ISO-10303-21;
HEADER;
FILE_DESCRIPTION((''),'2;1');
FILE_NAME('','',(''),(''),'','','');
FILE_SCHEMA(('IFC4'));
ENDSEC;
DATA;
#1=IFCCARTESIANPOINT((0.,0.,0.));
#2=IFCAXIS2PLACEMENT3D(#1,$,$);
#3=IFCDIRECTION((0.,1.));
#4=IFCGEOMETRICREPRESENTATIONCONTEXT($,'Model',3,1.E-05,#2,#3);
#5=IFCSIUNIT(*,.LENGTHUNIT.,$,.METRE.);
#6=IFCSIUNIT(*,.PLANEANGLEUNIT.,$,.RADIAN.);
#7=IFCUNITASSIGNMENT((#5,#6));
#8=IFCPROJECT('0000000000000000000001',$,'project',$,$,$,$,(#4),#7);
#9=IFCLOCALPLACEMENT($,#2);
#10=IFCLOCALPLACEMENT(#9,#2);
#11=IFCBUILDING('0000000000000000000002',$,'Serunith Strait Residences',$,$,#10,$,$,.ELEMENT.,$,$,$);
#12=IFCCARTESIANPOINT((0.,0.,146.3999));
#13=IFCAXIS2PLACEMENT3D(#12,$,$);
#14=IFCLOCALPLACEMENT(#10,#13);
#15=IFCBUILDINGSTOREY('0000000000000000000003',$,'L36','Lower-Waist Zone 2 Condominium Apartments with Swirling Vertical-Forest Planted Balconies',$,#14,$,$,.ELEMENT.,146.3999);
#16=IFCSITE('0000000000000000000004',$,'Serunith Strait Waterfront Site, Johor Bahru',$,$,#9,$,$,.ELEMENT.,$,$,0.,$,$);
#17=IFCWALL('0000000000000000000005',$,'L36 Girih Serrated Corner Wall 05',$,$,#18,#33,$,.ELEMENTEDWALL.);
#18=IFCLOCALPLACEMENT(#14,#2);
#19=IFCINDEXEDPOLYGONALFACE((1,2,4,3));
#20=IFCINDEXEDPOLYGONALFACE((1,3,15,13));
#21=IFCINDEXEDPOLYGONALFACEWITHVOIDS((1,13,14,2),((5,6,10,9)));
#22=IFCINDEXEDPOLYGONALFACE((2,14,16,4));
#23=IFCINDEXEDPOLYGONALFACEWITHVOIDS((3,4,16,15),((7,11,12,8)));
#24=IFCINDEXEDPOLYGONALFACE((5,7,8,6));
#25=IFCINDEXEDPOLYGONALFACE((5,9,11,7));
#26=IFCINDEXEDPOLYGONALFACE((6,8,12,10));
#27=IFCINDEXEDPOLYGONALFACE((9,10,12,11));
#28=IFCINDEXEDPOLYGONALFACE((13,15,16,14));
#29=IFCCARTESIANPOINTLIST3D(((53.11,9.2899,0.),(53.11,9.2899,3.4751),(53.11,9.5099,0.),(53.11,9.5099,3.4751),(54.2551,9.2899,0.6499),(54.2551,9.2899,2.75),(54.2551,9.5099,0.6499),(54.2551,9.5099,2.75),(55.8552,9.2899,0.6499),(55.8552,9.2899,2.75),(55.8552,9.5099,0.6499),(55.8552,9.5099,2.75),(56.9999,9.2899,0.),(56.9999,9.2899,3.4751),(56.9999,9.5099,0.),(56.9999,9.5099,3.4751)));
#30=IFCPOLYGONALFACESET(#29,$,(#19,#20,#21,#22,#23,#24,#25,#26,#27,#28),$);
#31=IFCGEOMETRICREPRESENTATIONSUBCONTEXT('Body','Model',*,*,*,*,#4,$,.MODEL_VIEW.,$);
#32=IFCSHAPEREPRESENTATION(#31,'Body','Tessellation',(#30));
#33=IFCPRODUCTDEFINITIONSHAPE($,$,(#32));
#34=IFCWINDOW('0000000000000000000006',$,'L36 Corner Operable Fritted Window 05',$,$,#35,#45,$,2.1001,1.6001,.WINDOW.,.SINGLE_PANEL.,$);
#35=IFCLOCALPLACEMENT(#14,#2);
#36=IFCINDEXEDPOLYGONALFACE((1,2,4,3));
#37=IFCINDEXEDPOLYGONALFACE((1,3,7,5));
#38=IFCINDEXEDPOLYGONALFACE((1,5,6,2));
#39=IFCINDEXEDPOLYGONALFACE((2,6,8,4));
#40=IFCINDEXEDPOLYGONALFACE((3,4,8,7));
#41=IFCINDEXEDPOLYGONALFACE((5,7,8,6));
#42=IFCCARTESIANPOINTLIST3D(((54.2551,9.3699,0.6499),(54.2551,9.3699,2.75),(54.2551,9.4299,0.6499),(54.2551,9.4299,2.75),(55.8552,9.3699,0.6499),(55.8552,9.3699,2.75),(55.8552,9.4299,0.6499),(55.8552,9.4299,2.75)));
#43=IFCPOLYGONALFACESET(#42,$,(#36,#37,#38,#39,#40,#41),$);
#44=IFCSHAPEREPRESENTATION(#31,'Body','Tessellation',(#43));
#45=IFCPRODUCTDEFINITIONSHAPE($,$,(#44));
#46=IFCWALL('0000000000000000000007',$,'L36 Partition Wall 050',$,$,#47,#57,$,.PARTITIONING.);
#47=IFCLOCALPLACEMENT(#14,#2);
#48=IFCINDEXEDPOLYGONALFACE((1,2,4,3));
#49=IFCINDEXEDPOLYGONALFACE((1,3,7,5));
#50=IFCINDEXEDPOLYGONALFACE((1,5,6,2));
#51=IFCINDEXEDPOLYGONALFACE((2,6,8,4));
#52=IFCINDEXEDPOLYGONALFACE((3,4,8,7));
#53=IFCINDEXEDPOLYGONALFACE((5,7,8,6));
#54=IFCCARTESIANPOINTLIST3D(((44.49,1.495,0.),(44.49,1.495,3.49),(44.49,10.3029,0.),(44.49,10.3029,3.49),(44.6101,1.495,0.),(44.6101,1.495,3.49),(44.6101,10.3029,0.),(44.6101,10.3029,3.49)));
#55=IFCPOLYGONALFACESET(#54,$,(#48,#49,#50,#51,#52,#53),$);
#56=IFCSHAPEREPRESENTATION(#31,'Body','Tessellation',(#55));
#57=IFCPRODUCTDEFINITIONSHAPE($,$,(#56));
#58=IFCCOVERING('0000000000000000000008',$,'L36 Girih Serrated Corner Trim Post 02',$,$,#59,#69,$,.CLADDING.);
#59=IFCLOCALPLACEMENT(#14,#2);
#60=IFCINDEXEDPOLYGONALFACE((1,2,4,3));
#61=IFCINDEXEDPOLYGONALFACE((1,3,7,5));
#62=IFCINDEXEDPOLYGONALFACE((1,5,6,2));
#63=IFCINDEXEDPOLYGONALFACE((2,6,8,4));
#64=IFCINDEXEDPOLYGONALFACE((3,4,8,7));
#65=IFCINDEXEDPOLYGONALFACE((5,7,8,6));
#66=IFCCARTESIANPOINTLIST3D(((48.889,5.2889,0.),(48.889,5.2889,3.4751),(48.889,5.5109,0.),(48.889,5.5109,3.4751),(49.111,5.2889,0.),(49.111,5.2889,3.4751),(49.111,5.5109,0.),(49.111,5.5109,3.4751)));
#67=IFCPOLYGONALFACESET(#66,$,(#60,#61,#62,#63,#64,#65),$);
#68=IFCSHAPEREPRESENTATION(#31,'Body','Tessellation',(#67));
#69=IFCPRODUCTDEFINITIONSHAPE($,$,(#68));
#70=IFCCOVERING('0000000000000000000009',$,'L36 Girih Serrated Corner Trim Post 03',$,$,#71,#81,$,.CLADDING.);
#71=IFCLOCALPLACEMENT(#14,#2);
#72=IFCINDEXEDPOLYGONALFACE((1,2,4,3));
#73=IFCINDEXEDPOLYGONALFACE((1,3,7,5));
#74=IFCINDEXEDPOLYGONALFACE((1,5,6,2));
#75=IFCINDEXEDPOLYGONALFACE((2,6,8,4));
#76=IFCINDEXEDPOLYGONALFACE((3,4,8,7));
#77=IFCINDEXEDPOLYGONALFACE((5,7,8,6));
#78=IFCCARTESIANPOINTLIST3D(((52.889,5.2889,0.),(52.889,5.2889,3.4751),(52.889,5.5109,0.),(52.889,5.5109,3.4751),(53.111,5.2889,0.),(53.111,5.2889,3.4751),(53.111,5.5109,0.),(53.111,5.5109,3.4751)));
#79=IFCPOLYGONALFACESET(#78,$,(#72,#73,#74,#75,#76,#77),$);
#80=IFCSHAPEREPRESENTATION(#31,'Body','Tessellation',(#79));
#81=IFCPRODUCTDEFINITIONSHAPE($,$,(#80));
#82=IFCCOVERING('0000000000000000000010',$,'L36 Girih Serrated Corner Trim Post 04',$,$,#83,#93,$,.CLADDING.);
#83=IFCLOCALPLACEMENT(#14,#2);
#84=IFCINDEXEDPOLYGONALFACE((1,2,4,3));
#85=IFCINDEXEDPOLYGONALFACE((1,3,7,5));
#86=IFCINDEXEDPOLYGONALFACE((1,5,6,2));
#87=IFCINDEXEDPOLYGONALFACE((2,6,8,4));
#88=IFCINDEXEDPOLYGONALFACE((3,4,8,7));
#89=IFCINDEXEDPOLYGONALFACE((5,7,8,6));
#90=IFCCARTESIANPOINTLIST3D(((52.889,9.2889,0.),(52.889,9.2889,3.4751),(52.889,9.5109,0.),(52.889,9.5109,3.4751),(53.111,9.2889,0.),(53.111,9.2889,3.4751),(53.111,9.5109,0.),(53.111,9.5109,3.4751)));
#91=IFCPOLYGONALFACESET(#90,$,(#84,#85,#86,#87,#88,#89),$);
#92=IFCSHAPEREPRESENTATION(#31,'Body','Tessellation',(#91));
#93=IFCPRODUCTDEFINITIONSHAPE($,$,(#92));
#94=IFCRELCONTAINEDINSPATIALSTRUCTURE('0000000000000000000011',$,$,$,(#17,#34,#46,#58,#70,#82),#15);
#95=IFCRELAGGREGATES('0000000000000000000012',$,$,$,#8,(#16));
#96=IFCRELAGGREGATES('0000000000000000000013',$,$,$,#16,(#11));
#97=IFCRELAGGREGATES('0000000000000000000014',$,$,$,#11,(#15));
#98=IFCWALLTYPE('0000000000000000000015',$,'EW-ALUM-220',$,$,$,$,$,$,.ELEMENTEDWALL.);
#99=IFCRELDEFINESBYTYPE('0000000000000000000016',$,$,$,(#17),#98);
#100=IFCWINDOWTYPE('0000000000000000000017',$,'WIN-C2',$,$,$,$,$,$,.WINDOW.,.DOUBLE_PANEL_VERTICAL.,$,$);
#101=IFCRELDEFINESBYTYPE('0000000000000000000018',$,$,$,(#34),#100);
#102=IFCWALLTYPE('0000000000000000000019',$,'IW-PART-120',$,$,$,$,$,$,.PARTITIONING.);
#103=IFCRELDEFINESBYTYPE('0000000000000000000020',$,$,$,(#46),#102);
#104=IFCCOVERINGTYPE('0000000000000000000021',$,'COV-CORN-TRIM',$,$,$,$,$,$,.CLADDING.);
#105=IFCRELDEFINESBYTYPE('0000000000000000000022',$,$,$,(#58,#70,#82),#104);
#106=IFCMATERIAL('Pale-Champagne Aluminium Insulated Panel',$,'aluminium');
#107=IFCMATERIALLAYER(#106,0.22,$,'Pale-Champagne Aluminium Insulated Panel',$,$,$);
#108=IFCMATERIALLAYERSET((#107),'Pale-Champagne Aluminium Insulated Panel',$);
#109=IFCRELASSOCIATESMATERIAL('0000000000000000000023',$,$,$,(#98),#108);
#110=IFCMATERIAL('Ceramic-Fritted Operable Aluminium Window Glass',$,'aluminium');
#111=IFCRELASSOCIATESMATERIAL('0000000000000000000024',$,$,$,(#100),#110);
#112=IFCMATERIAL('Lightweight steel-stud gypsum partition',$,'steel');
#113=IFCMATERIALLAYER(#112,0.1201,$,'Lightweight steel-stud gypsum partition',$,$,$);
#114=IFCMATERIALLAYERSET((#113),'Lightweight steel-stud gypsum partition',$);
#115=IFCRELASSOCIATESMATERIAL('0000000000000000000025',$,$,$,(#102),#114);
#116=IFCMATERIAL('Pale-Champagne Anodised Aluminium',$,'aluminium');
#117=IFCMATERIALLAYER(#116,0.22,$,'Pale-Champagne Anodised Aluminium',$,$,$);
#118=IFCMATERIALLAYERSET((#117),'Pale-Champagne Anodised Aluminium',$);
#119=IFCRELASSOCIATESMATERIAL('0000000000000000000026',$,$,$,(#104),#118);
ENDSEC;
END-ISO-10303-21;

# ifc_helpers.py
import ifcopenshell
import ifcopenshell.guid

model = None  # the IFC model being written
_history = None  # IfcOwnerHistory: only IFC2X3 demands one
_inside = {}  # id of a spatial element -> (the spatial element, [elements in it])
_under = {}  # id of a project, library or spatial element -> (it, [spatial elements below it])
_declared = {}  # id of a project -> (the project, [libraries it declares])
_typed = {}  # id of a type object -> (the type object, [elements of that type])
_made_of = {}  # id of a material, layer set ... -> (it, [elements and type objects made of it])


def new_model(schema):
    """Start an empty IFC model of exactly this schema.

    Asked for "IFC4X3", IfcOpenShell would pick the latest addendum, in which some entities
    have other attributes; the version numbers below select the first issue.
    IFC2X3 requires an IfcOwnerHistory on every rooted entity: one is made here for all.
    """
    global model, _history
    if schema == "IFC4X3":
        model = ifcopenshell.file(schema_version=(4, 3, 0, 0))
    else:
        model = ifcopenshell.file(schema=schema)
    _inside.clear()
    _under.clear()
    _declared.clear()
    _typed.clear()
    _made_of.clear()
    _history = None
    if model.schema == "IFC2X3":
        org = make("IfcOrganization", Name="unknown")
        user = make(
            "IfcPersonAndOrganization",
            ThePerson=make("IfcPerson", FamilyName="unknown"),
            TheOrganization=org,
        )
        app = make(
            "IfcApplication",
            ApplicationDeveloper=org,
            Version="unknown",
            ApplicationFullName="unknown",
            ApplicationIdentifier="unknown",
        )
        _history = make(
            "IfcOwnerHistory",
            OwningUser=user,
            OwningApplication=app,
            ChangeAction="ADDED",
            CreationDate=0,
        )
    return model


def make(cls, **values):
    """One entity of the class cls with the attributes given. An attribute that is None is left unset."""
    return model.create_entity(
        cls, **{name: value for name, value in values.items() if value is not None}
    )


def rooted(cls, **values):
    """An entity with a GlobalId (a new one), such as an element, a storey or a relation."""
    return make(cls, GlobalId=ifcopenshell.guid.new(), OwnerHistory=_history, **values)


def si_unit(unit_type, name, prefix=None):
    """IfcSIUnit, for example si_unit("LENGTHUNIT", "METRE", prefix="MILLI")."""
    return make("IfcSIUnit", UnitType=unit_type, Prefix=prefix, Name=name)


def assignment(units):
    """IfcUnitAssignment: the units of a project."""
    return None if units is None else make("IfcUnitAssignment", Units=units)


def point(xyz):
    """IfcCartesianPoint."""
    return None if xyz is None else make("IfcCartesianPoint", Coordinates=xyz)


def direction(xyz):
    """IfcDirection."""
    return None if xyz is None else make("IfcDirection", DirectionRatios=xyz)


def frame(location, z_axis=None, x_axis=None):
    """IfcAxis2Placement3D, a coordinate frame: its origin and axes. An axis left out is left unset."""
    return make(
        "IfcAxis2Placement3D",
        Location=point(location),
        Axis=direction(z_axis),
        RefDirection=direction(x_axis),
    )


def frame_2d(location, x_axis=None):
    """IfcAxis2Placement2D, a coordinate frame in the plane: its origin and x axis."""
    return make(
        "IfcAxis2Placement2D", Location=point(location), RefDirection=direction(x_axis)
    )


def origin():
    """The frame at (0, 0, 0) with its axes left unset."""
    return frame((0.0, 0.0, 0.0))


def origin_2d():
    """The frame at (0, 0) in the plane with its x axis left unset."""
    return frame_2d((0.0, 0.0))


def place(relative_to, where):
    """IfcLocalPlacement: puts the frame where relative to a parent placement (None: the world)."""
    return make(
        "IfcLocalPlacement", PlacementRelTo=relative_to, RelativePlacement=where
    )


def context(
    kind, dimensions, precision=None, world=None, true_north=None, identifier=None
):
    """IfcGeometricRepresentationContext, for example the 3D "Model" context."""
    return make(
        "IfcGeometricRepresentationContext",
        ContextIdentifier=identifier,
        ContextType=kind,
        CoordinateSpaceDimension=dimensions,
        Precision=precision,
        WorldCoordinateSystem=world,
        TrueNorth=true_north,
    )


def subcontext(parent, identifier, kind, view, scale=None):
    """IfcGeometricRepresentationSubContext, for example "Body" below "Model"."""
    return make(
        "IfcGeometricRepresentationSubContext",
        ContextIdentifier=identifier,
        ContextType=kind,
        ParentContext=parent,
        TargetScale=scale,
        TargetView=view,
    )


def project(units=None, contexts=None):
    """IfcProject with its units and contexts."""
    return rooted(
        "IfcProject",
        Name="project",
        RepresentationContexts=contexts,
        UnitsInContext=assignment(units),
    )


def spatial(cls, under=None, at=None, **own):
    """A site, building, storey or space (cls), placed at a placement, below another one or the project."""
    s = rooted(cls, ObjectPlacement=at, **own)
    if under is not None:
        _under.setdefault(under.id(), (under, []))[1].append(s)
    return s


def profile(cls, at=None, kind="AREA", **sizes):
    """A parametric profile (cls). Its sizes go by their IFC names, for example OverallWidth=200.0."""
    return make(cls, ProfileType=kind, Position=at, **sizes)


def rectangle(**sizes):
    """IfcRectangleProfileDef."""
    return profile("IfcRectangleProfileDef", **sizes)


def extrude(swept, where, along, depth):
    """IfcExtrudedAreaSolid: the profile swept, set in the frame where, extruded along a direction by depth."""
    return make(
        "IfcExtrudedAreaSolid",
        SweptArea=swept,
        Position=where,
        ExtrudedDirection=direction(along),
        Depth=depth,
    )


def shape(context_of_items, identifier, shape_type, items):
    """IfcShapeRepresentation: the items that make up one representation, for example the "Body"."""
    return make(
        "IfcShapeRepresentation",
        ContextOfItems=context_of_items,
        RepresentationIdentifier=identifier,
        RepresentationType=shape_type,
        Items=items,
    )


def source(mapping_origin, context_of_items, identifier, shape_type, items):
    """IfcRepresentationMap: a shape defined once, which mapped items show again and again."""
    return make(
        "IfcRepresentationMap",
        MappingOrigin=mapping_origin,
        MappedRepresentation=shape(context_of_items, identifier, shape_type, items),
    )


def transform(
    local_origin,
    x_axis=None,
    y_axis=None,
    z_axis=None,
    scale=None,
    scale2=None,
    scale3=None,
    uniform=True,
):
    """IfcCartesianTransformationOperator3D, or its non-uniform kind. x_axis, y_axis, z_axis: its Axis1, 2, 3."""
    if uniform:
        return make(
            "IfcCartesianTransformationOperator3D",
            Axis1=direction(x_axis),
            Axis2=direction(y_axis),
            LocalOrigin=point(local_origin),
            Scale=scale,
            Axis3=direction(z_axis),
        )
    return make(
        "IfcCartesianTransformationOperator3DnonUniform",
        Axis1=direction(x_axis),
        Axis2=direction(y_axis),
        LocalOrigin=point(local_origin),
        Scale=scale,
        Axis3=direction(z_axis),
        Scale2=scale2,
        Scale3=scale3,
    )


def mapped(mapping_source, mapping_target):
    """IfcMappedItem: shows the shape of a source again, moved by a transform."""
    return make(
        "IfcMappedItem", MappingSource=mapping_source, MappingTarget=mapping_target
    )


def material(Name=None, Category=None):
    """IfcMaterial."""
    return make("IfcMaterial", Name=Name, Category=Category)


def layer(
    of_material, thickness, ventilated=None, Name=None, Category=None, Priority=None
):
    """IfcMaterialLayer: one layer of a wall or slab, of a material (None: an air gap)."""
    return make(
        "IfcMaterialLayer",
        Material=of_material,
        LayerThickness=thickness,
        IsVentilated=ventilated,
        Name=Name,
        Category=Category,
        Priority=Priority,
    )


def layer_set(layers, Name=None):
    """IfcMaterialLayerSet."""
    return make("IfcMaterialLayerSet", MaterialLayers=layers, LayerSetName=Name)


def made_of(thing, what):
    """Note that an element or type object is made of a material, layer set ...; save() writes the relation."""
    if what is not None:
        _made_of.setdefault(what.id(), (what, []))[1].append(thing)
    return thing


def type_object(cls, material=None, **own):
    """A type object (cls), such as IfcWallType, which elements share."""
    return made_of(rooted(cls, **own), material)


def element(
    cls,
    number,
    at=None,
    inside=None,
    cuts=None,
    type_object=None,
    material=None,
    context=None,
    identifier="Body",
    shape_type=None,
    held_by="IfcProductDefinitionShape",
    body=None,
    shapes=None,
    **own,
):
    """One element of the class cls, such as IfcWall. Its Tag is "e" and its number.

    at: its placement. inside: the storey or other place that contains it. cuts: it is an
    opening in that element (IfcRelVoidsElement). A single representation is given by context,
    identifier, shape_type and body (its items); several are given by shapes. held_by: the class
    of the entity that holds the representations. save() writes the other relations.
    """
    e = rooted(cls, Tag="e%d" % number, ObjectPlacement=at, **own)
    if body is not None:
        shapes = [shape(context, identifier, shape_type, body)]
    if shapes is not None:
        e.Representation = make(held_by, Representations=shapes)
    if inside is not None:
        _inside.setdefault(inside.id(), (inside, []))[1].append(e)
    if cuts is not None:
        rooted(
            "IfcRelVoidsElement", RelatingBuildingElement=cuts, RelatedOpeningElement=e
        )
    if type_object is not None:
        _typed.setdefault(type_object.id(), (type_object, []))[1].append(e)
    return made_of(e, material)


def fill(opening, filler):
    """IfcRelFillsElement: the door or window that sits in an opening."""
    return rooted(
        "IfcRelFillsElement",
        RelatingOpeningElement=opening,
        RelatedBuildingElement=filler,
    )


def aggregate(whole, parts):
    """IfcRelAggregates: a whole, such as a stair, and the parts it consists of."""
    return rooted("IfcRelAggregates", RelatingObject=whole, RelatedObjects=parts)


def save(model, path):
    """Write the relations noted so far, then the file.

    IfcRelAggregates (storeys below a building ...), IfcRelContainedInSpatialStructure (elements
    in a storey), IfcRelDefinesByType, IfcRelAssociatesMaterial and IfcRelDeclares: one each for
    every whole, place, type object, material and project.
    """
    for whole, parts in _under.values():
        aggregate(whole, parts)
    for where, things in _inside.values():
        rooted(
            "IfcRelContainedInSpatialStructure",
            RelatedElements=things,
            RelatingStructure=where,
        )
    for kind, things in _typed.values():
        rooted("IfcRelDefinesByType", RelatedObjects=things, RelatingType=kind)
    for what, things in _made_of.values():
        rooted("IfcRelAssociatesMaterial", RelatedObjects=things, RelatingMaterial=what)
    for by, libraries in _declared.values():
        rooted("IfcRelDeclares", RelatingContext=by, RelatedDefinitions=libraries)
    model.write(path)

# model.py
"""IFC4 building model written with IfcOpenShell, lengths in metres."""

from ifc_helpers import new_model, si_unit, direction, frame, frame_2d, origin, origin_2d, place, context, subcontext, project, spatial, rectangle, extrude, source, transform, mapped, material, layer, layer_set, type_object, element, fill, save


model = new_model("IFC4")

# Units and contexts
model_context = context("Model", 3, precision=1e-05, world=origin(), true_north=direction((0.0, 1.0)))
body_context = subcontext(model_context, "Body", "Model", "MODEL_VIEW")
ifc_project = project(units=[si_unit("LENGTHUNIT", "METRE"), si_unit("PLANEANGLEUNIT", "RADIAN")], contexts=[model_context])

# Site, building, storey
site_placement = place(None, origin())
site = spatial("IfcSite", under=ifc_project, at=site_placement, Name="Serunith Strait Waterfront Site, Johor Bahru", CompositionType="ELEMENT", RefElevation=0.0)
building_placement = place(site_placement, origin())
building = spatial("IfcBuilding", under=site, at=building_placement, Name="Serunith Strait Residences", CompositionType="ELEMENT")
storey_placement = place(building_placement, frame((0.0, 0.0, 146.3999)))
storey = spatial("IfcBuildingStorey", under=building, at=storey_placement, Name="L36", Description="Lower-Waist Zone 2 Condominium Apartments with Swirling Vertical-Forest Planted Balconies", CompositionType="ELEMENT", Elevation=146.3999)

# Shared definitions
ifc_material_1 = material(Name="Pale-Champagne Anodised Aluminium", Category="aluminium")

# Wall, opening, window
ifc_material_2 = material(Name="Pale-Champagne Aluminium Insulated Panel", Category="aluminium")
ifc_layer_1 = layer(ifc_material_2, 0.22, Name="Pale-Champagne Aluminium Insulated Panel")
ifc_layer_set_1 = layer_set([ifc_layer_1], Name="Pale-Champagne Aluminium Insulated Panel")
wall_type_1 = type_object("IfcWallType", Name="EW-ALUM-220", PredefinedType="ELEMENTEDWALL", material=ifc_layer_set_1)
ifc_material_3 = material(Name="Ceramic-Fritted Operable Aluminium Window Glass", Category="aluminium")
window_type = type_object("IfcWindowType", Name="WIN-C2", PartitioningType="DOUBLE_PANEL_VERTICAL", PredefinedType="WINDOW", material=ifc_material_3)
shared_shape_1 = source(origin(), body_context, "Body", "SweptSolid", [
    extrude(rectangle(XDim=1.6001, YDim=2.1001, at=frame_2d((0.8, 1.05))), frame((0.0, 0.03, 0.0), z_axis=(0.0, -1.0, 0.0), x_axis=(1.0, 0.0, 0.0)), (0.0, 0.0, 1.0), 0.0601),
])
wall_1_placement = place(storey_placement, frame((53.1101, 9.3999, 0.0), z_axis=(0.0, 0.0, 1.0), x_axis=(1.0, 0.0, 0.0)))
wall_1 = element("IfcWall", 1, at=wall_1_placement, inside=storey, type_object=wall_type_1, Name="L36 Girih Serrated Corner Wall 05", PredefinedType="ELEMENTEDWALL", context=body_context, shape_type="SweptSolid", body=[
    extrude(rectangle(XDim=3.8899, YDim=0.22, at=frame_2d((1.9448, 0.0))), origin(), (0.0, 0.0, 1.0), 3.4751),
])
opening_1_placement = place(wall_1_placement, frame((1.145, 0.0, 0.6499)))
opening_1 = element("IfcOpeningElement", 2, at=opening_1_placement, cuts=wall_1, PredefinedType="OPENING", context=body_context, shape_type="SweptSolid", body=[
    extrude(rectangle(XDim=1.6001, YDim=2.1001, at=frame_2d((0.8, 1.05))), frame((0.0, 0.1201, 0.0), z_axis=(0.0, -1.0, 0.0), x_axis=(1.0, 0.0, 0.0)), (0.0, 0.0, 1.0), 0.24),
])
window_1_placement = place(opening_1_placement, origin())
window_1 = element("IfcWindow", 3, at=window_1_placement, inside=storey, type_object=window_type, Name="L36 Corner Operable Fritted Window 05", OverallHeight=2.1001, OverallWidth=1.6001, PartitioningType="SINGLE_PANEL", PredefinedType="WINDOW", context=body_context, shape_type="MappedRepresentation", body=[
    mapped(shared_shape_1, transform((0.0, 0.0, 0.0), scale=1.0)),
])
fill(opening_1, window_1)

# Wall
ifc_material_4 = material(Name="Lightweight steel-stud gypsum partition", Category="steel")
ifc_layer_2 = layer(ifc_material_4, 0.1201, Name="Lightweight steel-stud gypsum partition")
ifc_layer_set_2 = layer_set([ifc_layer_2], Name="Lightweight steel-stud gypsum partition")
wall_type_2 = type_object("IfcWallType", Name="IW-PART-120", PredefinedType="PARTITIONING", material=ifc_layer_set_2)
wall_2_placement = place(storey_placement, frame((44.55, 1.4951, 0.0), z_axis=(0.0, 0.0, 1.0), x_axis=(0.0, 1.0, 0.0)))
element("IfcWall", 4, at=wall_2_placement, inside=storey, type_object=wall_type_2, Name="L36 Partition Wall 050", PredefinedType="PARTITIONING", context=body_context, shape_type="SweptSolid", body=[
    extrude(rectangle(XDim=8.8079, YDim=0.1201, at=frame_2d((4.4038, 0.0))), origin(), (0.0, 0.0, 1.0), 3.49),
])

# Coverings
ifc_layer_3 = layer(ifc_material_1, 0.22, Name="Pale-Champagne Anodised Aluminium")
ifc_layer_set_3 = layer_set([ifc_layer_3], Name="Pale-Champagne Anodised Aluminium")
covering_type = type_object("IfcCoveringType", Name="COV-CORN-TRIM", PredefinedType="CLADDING", material=ifc_layer_set_3)
shared_shape_2 = source(origin(), body_context, "Body", "SweptSolid", [
    extrude(rectangle(XDim=0.2219, YDim=0.2219, at=origin_2d()), origin(), (0.0, 0.0, 1.0), 3.4751),
])
for number, where, z_axis, x_axis, name in (
    (5, (49.0, 5.3999, 0.0), (0.0, 0.0, 1.0), (1.0, 0.0, 0.0), "L36 Girih Serrated Corner Trim Post 02"),
    (6, (53.0, 5.3999, 0.0), (0.0, 0.0, 1.0), (1.0, 0.0, 0.0), "L36 Girih Serrated Corner Trim Post 03"),
    (7, (53.0, 9.3999, 0.0), (0.0, 0.0, 1.0), (1.0, 0.0, 0.0), "L36 Girih Serrated Corner Trim Post 04"),
):
    element("IfcCovering", number, at=place(storey_placement, frame(where, z_axis=z_axis, x_axis=x_axis)), inside=storey, type_object=covering_type, Name=name, PredefinedType="CLADDING", context=body_context, shape_type="MappedRepresentation", body=[
        mapped(shared_shape_2, transform((0.0, 0.0, 0.0), scale=1.0)),
    ])

save(model, "model.ifc")
